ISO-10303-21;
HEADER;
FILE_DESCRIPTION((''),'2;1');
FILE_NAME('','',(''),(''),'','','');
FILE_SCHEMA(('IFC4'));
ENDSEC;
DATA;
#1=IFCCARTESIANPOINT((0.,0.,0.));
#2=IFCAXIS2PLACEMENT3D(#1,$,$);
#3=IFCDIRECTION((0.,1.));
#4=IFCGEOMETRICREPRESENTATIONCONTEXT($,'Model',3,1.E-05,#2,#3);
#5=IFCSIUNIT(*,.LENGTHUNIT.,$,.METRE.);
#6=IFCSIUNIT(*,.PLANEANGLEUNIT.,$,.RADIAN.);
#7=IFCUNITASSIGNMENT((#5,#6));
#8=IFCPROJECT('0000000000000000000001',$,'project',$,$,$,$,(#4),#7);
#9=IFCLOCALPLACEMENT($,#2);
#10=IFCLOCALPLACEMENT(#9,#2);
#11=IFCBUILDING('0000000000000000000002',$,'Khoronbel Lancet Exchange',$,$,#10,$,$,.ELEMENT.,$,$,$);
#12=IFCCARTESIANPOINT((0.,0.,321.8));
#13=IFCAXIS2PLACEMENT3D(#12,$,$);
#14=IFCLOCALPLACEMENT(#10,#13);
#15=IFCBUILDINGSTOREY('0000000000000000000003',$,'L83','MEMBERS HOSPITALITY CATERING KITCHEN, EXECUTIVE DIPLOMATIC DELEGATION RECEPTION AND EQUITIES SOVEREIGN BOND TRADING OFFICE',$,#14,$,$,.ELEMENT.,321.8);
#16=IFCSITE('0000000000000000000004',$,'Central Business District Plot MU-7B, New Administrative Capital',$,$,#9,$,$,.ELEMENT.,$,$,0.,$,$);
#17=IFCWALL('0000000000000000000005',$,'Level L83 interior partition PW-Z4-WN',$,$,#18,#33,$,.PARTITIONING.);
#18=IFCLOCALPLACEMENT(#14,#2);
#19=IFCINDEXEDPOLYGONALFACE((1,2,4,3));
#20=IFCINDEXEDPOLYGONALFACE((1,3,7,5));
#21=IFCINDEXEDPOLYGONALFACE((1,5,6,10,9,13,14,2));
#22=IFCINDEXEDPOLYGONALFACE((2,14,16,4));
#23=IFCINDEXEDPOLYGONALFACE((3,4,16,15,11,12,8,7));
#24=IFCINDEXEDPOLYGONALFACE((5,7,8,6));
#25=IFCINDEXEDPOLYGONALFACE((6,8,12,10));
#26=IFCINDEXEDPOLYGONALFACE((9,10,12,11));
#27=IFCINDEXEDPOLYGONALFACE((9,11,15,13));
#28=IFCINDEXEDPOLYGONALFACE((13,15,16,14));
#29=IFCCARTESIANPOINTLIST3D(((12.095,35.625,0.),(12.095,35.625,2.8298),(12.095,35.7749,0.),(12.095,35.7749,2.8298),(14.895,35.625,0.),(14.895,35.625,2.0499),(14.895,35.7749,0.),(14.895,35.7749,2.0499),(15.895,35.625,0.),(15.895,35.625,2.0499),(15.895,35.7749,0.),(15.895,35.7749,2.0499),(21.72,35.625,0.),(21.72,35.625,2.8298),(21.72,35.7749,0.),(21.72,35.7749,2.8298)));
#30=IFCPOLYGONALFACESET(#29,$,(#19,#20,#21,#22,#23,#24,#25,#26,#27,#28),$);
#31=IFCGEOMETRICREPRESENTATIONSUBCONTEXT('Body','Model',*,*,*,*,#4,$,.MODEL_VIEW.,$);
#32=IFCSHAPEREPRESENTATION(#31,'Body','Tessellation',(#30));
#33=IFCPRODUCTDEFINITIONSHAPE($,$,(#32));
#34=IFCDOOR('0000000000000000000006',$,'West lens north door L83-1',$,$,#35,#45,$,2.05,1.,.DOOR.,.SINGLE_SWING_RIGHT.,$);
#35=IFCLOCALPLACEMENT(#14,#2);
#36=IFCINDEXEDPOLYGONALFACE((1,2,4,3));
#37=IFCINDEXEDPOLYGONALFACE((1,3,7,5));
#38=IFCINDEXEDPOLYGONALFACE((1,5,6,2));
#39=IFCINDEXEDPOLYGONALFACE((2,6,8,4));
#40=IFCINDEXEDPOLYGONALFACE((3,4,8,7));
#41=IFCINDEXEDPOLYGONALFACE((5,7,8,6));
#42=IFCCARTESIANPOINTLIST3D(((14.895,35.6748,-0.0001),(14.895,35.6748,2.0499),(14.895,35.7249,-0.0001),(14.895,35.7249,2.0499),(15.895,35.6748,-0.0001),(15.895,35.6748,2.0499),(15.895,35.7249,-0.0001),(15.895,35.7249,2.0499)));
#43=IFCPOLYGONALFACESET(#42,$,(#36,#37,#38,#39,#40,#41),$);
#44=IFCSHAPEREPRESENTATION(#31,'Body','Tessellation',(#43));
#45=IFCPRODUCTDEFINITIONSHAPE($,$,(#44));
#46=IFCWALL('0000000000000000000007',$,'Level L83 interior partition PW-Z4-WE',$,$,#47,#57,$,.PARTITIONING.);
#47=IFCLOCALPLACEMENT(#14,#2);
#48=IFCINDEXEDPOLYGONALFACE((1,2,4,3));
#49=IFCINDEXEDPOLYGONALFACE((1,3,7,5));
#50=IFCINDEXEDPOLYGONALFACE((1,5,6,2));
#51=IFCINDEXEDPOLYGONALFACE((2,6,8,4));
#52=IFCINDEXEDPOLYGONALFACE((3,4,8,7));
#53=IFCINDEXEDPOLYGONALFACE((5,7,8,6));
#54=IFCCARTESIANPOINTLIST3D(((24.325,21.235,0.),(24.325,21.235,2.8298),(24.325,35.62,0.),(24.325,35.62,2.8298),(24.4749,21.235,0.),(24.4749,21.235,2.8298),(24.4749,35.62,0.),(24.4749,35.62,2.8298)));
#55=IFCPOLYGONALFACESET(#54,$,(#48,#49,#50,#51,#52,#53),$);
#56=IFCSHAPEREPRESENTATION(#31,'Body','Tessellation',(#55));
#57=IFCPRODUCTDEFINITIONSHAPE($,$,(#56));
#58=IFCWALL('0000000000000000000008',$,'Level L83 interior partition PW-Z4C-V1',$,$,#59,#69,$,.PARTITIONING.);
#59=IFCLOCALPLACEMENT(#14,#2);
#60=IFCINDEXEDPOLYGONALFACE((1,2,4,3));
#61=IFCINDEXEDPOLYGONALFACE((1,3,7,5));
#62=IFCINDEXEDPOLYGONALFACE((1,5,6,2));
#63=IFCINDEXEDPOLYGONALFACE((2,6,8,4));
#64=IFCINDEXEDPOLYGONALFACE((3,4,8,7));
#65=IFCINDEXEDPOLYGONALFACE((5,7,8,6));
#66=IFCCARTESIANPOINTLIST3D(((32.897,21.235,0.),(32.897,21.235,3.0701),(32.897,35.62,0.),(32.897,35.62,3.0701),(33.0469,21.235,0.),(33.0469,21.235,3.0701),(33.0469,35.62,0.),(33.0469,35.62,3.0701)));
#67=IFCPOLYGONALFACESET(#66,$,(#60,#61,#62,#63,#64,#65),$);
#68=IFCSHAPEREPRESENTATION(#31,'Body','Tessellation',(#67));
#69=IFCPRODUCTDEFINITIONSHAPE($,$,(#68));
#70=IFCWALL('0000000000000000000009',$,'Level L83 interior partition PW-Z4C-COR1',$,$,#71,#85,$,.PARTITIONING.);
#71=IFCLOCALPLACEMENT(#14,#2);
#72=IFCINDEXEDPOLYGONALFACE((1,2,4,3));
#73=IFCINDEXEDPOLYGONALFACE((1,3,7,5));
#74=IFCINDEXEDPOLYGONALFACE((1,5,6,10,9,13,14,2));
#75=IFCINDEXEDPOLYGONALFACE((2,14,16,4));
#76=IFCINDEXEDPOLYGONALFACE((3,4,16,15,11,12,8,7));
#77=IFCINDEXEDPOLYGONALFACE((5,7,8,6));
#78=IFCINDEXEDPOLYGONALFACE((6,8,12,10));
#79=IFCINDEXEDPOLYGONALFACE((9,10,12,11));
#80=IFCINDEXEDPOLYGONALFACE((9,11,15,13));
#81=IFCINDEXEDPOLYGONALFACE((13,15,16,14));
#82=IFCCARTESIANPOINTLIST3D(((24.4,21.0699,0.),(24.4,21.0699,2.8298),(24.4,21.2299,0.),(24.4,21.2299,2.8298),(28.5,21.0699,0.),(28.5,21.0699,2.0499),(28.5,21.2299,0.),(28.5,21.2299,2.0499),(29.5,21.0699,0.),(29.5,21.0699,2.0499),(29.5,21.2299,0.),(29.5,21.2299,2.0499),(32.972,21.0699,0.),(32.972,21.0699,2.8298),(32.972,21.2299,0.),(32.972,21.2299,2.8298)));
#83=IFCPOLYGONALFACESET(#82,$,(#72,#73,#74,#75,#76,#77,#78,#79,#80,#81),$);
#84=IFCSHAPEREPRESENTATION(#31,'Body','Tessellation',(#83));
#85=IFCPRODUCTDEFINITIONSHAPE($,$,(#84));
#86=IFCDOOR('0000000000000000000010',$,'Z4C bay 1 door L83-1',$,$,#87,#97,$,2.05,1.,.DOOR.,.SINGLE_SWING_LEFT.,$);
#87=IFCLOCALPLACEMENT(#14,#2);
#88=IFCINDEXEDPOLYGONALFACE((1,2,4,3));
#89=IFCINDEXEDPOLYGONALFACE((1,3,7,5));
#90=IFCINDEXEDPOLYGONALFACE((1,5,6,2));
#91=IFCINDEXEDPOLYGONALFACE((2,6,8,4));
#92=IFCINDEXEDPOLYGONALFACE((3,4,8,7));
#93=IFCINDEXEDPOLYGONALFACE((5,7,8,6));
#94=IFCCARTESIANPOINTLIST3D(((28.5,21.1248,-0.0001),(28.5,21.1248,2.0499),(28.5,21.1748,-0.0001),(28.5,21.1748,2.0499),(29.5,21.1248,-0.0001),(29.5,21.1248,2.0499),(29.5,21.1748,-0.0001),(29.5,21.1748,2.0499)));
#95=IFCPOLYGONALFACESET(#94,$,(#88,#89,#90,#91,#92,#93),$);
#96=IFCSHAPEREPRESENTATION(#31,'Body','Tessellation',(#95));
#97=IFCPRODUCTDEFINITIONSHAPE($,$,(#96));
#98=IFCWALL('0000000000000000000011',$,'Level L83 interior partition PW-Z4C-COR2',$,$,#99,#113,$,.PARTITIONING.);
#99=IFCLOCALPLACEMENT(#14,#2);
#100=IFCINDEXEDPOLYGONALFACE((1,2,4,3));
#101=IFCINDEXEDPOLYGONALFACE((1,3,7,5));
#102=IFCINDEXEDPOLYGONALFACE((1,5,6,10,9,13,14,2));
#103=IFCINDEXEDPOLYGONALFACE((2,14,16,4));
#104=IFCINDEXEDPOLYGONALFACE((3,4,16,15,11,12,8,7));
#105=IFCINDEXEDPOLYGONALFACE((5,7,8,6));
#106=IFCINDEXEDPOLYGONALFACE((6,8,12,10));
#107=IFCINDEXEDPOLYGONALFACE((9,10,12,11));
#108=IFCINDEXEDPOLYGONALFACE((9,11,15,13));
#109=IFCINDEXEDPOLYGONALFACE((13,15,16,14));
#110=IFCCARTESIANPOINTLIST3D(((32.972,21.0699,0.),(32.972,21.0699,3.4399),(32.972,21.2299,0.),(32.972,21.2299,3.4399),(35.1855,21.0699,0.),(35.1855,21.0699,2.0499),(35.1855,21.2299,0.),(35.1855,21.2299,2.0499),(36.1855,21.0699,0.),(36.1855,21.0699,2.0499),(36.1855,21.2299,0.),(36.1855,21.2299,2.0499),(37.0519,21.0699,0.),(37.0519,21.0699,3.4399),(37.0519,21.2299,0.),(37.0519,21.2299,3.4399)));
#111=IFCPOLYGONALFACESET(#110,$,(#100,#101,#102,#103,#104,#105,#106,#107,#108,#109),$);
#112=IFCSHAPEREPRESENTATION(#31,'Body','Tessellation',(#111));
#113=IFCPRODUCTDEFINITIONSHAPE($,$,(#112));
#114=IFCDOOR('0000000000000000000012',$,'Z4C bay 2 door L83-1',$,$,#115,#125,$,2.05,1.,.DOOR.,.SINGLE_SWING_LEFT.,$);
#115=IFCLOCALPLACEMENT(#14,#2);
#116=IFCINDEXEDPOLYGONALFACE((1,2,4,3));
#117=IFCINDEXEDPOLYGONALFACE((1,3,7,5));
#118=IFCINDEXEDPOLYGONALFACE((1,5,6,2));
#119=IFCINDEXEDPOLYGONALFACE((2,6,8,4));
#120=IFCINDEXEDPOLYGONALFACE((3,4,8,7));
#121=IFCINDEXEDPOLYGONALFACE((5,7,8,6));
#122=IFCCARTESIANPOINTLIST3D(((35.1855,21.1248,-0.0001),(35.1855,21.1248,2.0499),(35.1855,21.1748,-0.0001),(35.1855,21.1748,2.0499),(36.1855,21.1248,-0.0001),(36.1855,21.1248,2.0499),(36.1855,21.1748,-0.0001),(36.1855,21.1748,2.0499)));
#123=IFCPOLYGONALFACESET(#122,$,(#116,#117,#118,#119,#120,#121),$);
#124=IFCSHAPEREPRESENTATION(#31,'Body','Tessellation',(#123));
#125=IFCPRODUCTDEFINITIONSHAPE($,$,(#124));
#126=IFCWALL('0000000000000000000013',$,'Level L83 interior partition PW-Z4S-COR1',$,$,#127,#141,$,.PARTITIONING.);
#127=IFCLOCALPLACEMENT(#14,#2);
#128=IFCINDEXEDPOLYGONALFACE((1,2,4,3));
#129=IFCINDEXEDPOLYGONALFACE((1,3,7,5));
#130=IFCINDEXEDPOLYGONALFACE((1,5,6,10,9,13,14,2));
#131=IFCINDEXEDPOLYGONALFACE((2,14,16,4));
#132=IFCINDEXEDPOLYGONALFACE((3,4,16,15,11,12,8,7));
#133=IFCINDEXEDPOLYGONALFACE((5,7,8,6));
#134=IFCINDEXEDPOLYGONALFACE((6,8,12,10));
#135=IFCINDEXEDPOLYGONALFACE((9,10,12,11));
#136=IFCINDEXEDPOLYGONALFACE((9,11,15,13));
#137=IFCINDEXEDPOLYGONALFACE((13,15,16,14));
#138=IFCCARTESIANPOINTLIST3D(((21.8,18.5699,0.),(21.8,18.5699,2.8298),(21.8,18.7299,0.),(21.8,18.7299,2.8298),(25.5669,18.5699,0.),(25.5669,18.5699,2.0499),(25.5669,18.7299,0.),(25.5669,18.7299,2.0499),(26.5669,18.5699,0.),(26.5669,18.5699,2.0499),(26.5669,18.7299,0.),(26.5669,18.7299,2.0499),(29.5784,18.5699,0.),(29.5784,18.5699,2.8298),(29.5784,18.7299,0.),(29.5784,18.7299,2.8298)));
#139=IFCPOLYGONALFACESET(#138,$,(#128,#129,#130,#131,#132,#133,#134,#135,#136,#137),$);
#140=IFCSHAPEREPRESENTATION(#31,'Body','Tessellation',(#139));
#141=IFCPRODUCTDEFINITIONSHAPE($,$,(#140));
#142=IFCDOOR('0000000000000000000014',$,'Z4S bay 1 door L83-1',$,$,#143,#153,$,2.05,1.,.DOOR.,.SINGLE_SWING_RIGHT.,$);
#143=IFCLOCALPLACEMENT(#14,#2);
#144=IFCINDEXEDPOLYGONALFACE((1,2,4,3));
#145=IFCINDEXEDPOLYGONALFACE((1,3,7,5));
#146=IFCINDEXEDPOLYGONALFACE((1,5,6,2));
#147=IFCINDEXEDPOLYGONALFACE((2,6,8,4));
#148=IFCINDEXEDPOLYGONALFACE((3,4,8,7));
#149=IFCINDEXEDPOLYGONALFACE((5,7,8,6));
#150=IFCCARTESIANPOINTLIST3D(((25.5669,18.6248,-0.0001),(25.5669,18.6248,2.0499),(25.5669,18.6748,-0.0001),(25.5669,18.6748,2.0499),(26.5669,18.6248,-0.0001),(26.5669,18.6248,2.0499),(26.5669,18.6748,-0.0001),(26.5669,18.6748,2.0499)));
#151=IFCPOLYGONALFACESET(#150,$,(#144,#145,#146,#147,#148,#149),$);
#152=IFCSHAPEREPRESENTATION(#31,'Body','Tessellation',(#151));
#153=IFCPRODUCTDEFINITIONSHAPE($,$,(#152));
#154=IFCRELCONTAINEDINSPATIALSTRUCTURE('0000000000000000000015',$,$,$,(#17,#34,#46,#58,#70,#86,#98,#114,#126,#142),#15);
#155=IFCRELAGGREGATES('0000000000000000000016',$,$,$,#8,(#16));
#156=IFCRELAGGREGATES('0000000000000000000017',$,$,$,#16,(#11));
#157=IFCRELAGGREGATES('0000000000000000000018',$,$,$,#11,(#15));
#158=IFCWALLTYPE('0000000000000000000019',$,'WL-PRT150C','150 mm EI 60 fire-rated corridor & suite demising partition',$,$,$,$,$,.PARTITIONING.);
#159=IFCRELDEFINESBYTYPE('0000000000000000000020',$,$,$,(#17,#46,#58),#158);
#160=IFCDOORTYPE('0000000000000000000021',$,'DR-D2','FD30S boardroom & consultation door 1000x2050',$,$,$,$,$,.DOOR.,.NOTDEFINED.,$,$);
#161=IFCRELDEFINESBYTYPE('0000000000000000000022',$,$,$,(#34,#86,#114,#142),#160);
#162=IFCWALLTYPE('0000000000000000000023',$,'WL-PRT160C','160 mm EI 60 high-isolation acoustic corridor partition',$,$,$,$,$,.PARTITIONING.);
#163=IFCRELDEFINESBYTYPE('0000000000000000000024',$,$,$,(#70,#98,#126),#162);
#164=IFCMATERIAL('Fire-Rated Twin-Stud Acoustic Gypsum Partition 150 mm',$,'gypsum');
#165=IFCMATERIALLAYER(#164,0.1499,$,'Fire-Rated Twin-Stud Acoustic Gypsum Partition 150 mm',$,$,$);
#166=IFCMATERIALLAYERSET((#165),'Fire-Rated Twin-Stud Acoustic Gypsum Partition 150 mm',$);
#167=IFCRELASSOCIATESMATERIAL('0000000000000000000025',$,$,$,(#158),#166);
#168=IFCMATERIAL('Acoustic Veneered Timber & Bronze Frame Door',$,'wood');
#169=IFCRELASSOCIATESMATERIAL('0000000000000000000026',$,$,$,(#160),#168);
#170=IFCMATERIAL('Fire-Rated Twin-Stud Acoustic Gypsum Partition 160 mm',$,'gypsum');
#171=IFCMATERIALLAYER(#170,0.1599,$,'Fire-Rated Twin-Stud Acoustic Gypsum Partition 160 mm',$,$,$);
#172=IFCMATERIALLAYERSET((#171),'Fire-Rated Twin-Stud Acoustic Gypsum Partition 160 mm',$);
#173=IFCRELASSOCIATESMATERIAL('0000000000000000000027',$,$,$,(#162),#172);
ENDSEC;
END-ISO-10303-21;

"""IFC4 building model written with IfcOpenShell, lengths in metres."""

from ifc_helpers import new_model, si_unit, direction, frame, frame_2d, origin, place, context, subcontext, project, spatial, rectangle, extrude, material, layer, layer_set, type_object, element, fill, save


model = new_model("IFC4")

# Units and contexts
model_context = context("Model", 3, precision=1e-05, world=origin(), true_north=direction((0.0, 1.0)))
body_context = subcontext(model_context, "Body", "Model", "MODEL_VIEW")
ifc_project = project(units=[si_unit("LENGTHUNIT", "METRE"), si_unit("PLANEANGLEUNIT", "RADIAN")], contexts=[model_context])

# Site, building, storey
site_placement = place(None, origin())
site = spatial("IfcSite", under=ifc_project, at=site_placement, Name="Central Business District Plot MU-7B, New Administrative Capital", CompositionType="ELEMENT", RefElevation=0.0)
building_placement = place(site_placement, origin())
building = spatial("IfcBuilding", under=site, at=building_placement, Name="Khoronbel Lancet Exchange", CompositionType="ELEMENT")
storey_placement = place(building_placement, frame((0.0, 0.0, 321.8)))
storey = spatial("IfcBuildingStorey", under=building, at=storey_placement, Name="L83", Description="MEMBERS HOSPITALITY CATERING KITCHEN, EXECUTIVE DIPLOMATIC DELEGATION RECEPTION AND EQUITIES SOVEREIGN BOND TRADING OFFICE", CompositionType="ELEMENT", Elevation=321.8)

# Wall, opening, door
ifc_material_1 = material(Name="Fire-Rated Twin-Stud Acoustic Gypsum Partition 150 mm", Category="gypsum")
ifc_layer_1 = layer(ifc_material_1, 0.1499, Name="Fire-Rated Twin-Stud Acoustic Gypsum Partition 150 mm")
ifc_layer_set_1 = layer_set([ifc_layer_1], Name="Fire-Rated Twin-Stud Acoustic Gypsum Partition 150 mm")
wall_type_1 = type_object("IfcWallType", Name="WL-PRT150C", Description="150 mm EI 60 fire-rated corridor & suite demising partition", PredefinedType="PARTITIONING", material=ifc_layer_set_1)
wall_1_placement = place(storey_placement, frame((12.095, 35.7, 0.0), z_axis=(0.0, 0.0, 1.0), x_axis=(1.0, 0.0, 0.0)))
wall_1 = element("IfcWall", 1, at=wall_1_placement, inside=storey, type_object=wall_type_1, Name="Level L83 interior partition PW-Z4-WN", PredefinedType="PARTITIONING", context=body_context, shape_type="SweptSolid", body=[
    extrude(rectangle(XDim=9.625, YDim=0.1499, at=frame_2d((4.8125, 0.0))), origin(), (0.0, 0.0, 1.0), 2.8298),
])
opening_1_placement = place(wall_1_placement, frame((2.8, 0.0, 0.0)))
opening_1 = element("IfcOpeningElement", 2, at=opening_1_placement, cuts=wall_1, PredefinedType="OPENING", context=body_context, shape_type="SweptSolid", body=[
    extrude(rectangle(XDim=1.0, YDim=2.05, at=frame_2d((0.5, 1.0249))), frame((0.0, 0.085, 0.0), z_axis=(0.0, -1.0, 0.0), x_axis=(1.0, 0.0, 0.0)), (0.0, 0.0, 1.0), 0.1699),
])
ifc_material_2 = material(Name="Acoustic Veneered Timber & Bronze Frame Door", Category="wood")
door_type_1 = type_object("IfcDoorType", Name="DR-D2", Description="FD30S boardroom & consultation door 1000x2050", OperationType="NOTDEFINED", PredefinedType="DOOR", material=ifc_material_2)
door_1_placement = place(opening_1_placement, origin())
door_1 = element("IfcDoor", 3, at=door_1_placement, inside=storey, type_object=door_type_1, Name="West lens north door L83-1", OperationType="SINGLE_SWING_RIGHT", OverallHeight=2.05, OverallWidth=1.0, PredefinedType="DOOR", context=body_context, shape_type="SweptSolid", body=[
    extrude(rectangle(XDim=1.0, YDim=2.05, at=frame_2d((0.5, 1.0249))), frame((0.0, 0.0249, 0.0), z_axis=(0.0, -1.0, 0.0), x_axis=(1.0, 0.0, 0.0)), (0.0, 0.0, 1.0), 0.05),
])
fill(opening_1, door_1)

# Walls
wall_2_placement = place(storey_placement, frame((24.3999, 21.2351, 0.0), z_axis=(0.0, 0.0, 1.0), x_axis=(0.0, 1.0, 0.0)))
element("IfcWall", 4, at=wall_2_placement, inside=storey, type_object=wall_type_1, Name="Level L83 interior partition PW-Z4-WE", PredefinedType="PARTITIONING", context=body_context, shape_type="SweptSolid", body=[
    extrude(rectangle(XDim=14.385, YDim=0.1499, at=frame_2d((7.1924, 0.0))), origin(), (0.0, 0.0, 1.0), 2.8298),
])
wall_3_placement = place(storey_placement, frame((32.9719, 21.2351, 0.0), z_axis=(0.0, 0.0, 1.0), x_axis=(0.0, 1.0, 0.0)))
element("IfcWall", 5, at=wall_3_placement, inside=storey, type_object=wall_type_1, Name="Level L83 interior partition PW-Z4C-V1", PredefinedType="PARTITIONING", context=body_context, shape_type="SweptSolid", body=[
    extrude(rectangle(XDim=14.385, YDim=0.1499, at=frame_2d((7.1924, 0.0))), origin(), (0.0, 0.0, 1.0), 3.0701),
])

# Walls, openings, doors
ifc_material_3 = material(Name="Fire-Rated Twin-Stud Acoustic Gypsum Partition 160 mm", Category="gypsum")
ifc_layer_2 = layer(ifc_material_3, 0.1599, Name="Fire-Rated Twin-Stud Acoustic Gypsum Partition 160 mm")
ifc_layer_set_2 = layer_set([ifc_layer_2], Name="Fire-Rated Twin-Stud Acoustic Gypsum Partition 160 mm")
wall_type_2 = type_object("IfcWallType", Name="WL-PRT160C", Description="160 mm EI 60 high-isolation acoustic corridor partition", PredefinedType="PARTITIONING", material=ifc_layer_set_2)
wall_4_placement = place(storey_placement, frame((24.3999, 21.1499, 0.0), z_axis=(0.0, 0.0, 1.0), x_axis=(1.0, 0.0, 0.0)))
wall_4 = element("IfcWall", 6, at=wall_4_placement, inside=storey, type_object=wall_type_2, Name="Level L83 interior partition PW-Z4C-COR1", PredefinedType="PARTITIONING", context=body_context, shape_type="SweptSolid", body=[
    extrude(rectangle(XDim=8.572, YDim=0.1599, at=frame_2d((4.2861, 0.0))), origin(), (0.0, 0.0, 1.0), 2.8298),
])
opening_2_placement = place(wall_4_placement, frame((4.1001, 0.0, 0.0)))
opening_2 = element("IfcOpeningElement", 7, at=opening_2_placement, cuts=wall_4, PredefinedType="OPENING", context=body_context, shape_type="SweptSolid", body=[
    extrude(rectangle(XDim=1.0, YDim=2.05, at=frame_2d((0.5, 1.0249))), frame((0.0, 0.0898, 0.0), z_axis=(0.0, -1.0, 0.0), x_axis=(1.0, 0.0, 0.0)), (0.0, 0.0, 1.0), 0.1799),
])
door_2_placement = place(opening_2_placement, origin())
door_2 = element("IfcDoor", 8, at=door_2_placement, inside=storey, type_object=door_type_1, Name="Z4C bay 1 door L83-1", OperationType="SINGLE_SWING_LEFT", OverallHeight=2.05, OverallWidth=1.0, PredefinedType="DOOR", context=body_context, shape_type="SweptSolid", body=[
    extrude(rectangle(XDim=1.0, YDim=2.05, at=frame_2d((0.5, 1.0249))), frame((0.0, 0.0249, 0.0), z_axis=(0.0, -1.0, 0.0), x_axis=(1.0, 0.0, 0.0)), (0.0, 0.0, 1.0), 0.05),
])
fill(opening_2, door_2)
wall_5_placement = place(storey_placement, frame((32.9719, 21.1499, 0.0), z_axis=(0.0, 0.0, 1.0), x_axis=(1.0, 0.0, 0.0)))
wall_5 = element("IfcWall", 9, at=wall_5_placement, inside=storey, type_object=wall_type_2, Name="Level L83 interior partition PW-Z4C-COR2", PredefinedType="PARTITIONING", context=body_context, shape_type="SweptSolid", body=[
    extrude(rectangle(XDim=4.0798, YDim=0.1599, at=frame_2d((2.04, 0.0))), origin(), (0.0, 0.0, 1.0), 3.4399),
])
opening_3_placement = place(wall_5_placement, frame((2.2136, 0.0, 0.0)))
opening_3 = element("IfcOpeningElement", 10, at=opening_3_placement, cuts=wall_5, PredefinedType="OPENING", context=body_context, shape_type="SweptSolid", body=[
    extrude(rectangle(XDim=1.0, YDim=2.05, at=frame_2d((0.5, 1.0249))), frame((0.0, 0.0898, 0.0), z_axis=(0.0, -1.0, 0.0), x_axis=(1.0, 0.0, 0.0)), (0.0, 0.0, 1.0), 0.1799),
])
door_3_placement = place(opening_3_placement, origin())
door_3 = element("IfcDoor", 11, at=door_3_placement, inside=storey, type_object=door_type_1, Name="Z4C bay 2 door L83-1", OperationType="SINGLE_SWING_LEFT", OverallHeight=2.05, OverallWidth=1.0, PredefinedType="DOOR", context=body_context, shape_type="SweptSolid", body=[
    extrude(rectangle(XDim=1.0, YDim=2.05, at=frame_2d((0.5, 1.0249))), frame((0.0, 0.0249, 0.0), z_axis=(0.0, -1.0, 0.0), x_axis=(1.0, 0.0, 0.0)), (0.0, 0.0, 1.0), 0.05),
])
fill(opening_3, door_3)
wall_6_placement = place(storey_placement, frame((21.8, 18.6499, 0.0), z_axis=(0.0, 0.0, 1.0), x_axis=(1.0, 0.0, 0.0)))
wall_6 = element("IfcWall", 12, at=wall_6_placement, inside=storey, type_object=wall_type_2, Name="Level L83 interior partition PW-Z4S-COR1", PredefinedType="PARTITIONING", context=body_context, shape_type="SweptSolid", body=[
    extrude(rectangle(XDim=7.7783, YDim=0.1599, at=frame_2d((3.8892, 0.0))), origin(), (0.0, 0.0, 1.0), 2.8298),
])
opening_4_placement = place(wall_6_placement, frame((3.7668, 0.0, 0.0)))
opening_4 = element("IfcOpeningElement", 13, at=opening_4_placement, cuts=wall_6, PredefinedType="OPENING", context=body_context, shape_type="SweptSolid", body=[
    extrude(rectangle(XDim=1.0, YDim=2.05, at=frame_2d((0.5, 1.0249))), frame((0.0, 0.0898, 0.0), z_axis=(0.0, -1.0, 0.0), x_axis=(1.0, 0.0, 0.0)), (0.0, 0.0, 1.0), 0.1799),
])
door_4_placement = place(opening_4_placement, origin())
door_4 = element("IfcDoor", 14, at=door_4_placement, inside=storey, type_object=door_type_1, Name="Z4S bay 1 door L83-1", OperationType="SINGLE_SWING_RIGHT", OverallHeight=2.05, OverallWidth=1.0, PredefinedType="DOOR", context=body_context, shape_type="SweptSolid", body=[
    extrude(rectangle(XDim=1.0, YDim=2.05, at=frame_2d((0.5, 1.0249))), frame((0.0, 0.0249, 0.0), z_axis=(0.0, -1.0, 0.0), x_axis=(1.0, 0.0, 0.0)), (0.0, 0.0, 1.0), 0.05),
])
fill(opening_4, door_4)

save(model, "model.ifc")
